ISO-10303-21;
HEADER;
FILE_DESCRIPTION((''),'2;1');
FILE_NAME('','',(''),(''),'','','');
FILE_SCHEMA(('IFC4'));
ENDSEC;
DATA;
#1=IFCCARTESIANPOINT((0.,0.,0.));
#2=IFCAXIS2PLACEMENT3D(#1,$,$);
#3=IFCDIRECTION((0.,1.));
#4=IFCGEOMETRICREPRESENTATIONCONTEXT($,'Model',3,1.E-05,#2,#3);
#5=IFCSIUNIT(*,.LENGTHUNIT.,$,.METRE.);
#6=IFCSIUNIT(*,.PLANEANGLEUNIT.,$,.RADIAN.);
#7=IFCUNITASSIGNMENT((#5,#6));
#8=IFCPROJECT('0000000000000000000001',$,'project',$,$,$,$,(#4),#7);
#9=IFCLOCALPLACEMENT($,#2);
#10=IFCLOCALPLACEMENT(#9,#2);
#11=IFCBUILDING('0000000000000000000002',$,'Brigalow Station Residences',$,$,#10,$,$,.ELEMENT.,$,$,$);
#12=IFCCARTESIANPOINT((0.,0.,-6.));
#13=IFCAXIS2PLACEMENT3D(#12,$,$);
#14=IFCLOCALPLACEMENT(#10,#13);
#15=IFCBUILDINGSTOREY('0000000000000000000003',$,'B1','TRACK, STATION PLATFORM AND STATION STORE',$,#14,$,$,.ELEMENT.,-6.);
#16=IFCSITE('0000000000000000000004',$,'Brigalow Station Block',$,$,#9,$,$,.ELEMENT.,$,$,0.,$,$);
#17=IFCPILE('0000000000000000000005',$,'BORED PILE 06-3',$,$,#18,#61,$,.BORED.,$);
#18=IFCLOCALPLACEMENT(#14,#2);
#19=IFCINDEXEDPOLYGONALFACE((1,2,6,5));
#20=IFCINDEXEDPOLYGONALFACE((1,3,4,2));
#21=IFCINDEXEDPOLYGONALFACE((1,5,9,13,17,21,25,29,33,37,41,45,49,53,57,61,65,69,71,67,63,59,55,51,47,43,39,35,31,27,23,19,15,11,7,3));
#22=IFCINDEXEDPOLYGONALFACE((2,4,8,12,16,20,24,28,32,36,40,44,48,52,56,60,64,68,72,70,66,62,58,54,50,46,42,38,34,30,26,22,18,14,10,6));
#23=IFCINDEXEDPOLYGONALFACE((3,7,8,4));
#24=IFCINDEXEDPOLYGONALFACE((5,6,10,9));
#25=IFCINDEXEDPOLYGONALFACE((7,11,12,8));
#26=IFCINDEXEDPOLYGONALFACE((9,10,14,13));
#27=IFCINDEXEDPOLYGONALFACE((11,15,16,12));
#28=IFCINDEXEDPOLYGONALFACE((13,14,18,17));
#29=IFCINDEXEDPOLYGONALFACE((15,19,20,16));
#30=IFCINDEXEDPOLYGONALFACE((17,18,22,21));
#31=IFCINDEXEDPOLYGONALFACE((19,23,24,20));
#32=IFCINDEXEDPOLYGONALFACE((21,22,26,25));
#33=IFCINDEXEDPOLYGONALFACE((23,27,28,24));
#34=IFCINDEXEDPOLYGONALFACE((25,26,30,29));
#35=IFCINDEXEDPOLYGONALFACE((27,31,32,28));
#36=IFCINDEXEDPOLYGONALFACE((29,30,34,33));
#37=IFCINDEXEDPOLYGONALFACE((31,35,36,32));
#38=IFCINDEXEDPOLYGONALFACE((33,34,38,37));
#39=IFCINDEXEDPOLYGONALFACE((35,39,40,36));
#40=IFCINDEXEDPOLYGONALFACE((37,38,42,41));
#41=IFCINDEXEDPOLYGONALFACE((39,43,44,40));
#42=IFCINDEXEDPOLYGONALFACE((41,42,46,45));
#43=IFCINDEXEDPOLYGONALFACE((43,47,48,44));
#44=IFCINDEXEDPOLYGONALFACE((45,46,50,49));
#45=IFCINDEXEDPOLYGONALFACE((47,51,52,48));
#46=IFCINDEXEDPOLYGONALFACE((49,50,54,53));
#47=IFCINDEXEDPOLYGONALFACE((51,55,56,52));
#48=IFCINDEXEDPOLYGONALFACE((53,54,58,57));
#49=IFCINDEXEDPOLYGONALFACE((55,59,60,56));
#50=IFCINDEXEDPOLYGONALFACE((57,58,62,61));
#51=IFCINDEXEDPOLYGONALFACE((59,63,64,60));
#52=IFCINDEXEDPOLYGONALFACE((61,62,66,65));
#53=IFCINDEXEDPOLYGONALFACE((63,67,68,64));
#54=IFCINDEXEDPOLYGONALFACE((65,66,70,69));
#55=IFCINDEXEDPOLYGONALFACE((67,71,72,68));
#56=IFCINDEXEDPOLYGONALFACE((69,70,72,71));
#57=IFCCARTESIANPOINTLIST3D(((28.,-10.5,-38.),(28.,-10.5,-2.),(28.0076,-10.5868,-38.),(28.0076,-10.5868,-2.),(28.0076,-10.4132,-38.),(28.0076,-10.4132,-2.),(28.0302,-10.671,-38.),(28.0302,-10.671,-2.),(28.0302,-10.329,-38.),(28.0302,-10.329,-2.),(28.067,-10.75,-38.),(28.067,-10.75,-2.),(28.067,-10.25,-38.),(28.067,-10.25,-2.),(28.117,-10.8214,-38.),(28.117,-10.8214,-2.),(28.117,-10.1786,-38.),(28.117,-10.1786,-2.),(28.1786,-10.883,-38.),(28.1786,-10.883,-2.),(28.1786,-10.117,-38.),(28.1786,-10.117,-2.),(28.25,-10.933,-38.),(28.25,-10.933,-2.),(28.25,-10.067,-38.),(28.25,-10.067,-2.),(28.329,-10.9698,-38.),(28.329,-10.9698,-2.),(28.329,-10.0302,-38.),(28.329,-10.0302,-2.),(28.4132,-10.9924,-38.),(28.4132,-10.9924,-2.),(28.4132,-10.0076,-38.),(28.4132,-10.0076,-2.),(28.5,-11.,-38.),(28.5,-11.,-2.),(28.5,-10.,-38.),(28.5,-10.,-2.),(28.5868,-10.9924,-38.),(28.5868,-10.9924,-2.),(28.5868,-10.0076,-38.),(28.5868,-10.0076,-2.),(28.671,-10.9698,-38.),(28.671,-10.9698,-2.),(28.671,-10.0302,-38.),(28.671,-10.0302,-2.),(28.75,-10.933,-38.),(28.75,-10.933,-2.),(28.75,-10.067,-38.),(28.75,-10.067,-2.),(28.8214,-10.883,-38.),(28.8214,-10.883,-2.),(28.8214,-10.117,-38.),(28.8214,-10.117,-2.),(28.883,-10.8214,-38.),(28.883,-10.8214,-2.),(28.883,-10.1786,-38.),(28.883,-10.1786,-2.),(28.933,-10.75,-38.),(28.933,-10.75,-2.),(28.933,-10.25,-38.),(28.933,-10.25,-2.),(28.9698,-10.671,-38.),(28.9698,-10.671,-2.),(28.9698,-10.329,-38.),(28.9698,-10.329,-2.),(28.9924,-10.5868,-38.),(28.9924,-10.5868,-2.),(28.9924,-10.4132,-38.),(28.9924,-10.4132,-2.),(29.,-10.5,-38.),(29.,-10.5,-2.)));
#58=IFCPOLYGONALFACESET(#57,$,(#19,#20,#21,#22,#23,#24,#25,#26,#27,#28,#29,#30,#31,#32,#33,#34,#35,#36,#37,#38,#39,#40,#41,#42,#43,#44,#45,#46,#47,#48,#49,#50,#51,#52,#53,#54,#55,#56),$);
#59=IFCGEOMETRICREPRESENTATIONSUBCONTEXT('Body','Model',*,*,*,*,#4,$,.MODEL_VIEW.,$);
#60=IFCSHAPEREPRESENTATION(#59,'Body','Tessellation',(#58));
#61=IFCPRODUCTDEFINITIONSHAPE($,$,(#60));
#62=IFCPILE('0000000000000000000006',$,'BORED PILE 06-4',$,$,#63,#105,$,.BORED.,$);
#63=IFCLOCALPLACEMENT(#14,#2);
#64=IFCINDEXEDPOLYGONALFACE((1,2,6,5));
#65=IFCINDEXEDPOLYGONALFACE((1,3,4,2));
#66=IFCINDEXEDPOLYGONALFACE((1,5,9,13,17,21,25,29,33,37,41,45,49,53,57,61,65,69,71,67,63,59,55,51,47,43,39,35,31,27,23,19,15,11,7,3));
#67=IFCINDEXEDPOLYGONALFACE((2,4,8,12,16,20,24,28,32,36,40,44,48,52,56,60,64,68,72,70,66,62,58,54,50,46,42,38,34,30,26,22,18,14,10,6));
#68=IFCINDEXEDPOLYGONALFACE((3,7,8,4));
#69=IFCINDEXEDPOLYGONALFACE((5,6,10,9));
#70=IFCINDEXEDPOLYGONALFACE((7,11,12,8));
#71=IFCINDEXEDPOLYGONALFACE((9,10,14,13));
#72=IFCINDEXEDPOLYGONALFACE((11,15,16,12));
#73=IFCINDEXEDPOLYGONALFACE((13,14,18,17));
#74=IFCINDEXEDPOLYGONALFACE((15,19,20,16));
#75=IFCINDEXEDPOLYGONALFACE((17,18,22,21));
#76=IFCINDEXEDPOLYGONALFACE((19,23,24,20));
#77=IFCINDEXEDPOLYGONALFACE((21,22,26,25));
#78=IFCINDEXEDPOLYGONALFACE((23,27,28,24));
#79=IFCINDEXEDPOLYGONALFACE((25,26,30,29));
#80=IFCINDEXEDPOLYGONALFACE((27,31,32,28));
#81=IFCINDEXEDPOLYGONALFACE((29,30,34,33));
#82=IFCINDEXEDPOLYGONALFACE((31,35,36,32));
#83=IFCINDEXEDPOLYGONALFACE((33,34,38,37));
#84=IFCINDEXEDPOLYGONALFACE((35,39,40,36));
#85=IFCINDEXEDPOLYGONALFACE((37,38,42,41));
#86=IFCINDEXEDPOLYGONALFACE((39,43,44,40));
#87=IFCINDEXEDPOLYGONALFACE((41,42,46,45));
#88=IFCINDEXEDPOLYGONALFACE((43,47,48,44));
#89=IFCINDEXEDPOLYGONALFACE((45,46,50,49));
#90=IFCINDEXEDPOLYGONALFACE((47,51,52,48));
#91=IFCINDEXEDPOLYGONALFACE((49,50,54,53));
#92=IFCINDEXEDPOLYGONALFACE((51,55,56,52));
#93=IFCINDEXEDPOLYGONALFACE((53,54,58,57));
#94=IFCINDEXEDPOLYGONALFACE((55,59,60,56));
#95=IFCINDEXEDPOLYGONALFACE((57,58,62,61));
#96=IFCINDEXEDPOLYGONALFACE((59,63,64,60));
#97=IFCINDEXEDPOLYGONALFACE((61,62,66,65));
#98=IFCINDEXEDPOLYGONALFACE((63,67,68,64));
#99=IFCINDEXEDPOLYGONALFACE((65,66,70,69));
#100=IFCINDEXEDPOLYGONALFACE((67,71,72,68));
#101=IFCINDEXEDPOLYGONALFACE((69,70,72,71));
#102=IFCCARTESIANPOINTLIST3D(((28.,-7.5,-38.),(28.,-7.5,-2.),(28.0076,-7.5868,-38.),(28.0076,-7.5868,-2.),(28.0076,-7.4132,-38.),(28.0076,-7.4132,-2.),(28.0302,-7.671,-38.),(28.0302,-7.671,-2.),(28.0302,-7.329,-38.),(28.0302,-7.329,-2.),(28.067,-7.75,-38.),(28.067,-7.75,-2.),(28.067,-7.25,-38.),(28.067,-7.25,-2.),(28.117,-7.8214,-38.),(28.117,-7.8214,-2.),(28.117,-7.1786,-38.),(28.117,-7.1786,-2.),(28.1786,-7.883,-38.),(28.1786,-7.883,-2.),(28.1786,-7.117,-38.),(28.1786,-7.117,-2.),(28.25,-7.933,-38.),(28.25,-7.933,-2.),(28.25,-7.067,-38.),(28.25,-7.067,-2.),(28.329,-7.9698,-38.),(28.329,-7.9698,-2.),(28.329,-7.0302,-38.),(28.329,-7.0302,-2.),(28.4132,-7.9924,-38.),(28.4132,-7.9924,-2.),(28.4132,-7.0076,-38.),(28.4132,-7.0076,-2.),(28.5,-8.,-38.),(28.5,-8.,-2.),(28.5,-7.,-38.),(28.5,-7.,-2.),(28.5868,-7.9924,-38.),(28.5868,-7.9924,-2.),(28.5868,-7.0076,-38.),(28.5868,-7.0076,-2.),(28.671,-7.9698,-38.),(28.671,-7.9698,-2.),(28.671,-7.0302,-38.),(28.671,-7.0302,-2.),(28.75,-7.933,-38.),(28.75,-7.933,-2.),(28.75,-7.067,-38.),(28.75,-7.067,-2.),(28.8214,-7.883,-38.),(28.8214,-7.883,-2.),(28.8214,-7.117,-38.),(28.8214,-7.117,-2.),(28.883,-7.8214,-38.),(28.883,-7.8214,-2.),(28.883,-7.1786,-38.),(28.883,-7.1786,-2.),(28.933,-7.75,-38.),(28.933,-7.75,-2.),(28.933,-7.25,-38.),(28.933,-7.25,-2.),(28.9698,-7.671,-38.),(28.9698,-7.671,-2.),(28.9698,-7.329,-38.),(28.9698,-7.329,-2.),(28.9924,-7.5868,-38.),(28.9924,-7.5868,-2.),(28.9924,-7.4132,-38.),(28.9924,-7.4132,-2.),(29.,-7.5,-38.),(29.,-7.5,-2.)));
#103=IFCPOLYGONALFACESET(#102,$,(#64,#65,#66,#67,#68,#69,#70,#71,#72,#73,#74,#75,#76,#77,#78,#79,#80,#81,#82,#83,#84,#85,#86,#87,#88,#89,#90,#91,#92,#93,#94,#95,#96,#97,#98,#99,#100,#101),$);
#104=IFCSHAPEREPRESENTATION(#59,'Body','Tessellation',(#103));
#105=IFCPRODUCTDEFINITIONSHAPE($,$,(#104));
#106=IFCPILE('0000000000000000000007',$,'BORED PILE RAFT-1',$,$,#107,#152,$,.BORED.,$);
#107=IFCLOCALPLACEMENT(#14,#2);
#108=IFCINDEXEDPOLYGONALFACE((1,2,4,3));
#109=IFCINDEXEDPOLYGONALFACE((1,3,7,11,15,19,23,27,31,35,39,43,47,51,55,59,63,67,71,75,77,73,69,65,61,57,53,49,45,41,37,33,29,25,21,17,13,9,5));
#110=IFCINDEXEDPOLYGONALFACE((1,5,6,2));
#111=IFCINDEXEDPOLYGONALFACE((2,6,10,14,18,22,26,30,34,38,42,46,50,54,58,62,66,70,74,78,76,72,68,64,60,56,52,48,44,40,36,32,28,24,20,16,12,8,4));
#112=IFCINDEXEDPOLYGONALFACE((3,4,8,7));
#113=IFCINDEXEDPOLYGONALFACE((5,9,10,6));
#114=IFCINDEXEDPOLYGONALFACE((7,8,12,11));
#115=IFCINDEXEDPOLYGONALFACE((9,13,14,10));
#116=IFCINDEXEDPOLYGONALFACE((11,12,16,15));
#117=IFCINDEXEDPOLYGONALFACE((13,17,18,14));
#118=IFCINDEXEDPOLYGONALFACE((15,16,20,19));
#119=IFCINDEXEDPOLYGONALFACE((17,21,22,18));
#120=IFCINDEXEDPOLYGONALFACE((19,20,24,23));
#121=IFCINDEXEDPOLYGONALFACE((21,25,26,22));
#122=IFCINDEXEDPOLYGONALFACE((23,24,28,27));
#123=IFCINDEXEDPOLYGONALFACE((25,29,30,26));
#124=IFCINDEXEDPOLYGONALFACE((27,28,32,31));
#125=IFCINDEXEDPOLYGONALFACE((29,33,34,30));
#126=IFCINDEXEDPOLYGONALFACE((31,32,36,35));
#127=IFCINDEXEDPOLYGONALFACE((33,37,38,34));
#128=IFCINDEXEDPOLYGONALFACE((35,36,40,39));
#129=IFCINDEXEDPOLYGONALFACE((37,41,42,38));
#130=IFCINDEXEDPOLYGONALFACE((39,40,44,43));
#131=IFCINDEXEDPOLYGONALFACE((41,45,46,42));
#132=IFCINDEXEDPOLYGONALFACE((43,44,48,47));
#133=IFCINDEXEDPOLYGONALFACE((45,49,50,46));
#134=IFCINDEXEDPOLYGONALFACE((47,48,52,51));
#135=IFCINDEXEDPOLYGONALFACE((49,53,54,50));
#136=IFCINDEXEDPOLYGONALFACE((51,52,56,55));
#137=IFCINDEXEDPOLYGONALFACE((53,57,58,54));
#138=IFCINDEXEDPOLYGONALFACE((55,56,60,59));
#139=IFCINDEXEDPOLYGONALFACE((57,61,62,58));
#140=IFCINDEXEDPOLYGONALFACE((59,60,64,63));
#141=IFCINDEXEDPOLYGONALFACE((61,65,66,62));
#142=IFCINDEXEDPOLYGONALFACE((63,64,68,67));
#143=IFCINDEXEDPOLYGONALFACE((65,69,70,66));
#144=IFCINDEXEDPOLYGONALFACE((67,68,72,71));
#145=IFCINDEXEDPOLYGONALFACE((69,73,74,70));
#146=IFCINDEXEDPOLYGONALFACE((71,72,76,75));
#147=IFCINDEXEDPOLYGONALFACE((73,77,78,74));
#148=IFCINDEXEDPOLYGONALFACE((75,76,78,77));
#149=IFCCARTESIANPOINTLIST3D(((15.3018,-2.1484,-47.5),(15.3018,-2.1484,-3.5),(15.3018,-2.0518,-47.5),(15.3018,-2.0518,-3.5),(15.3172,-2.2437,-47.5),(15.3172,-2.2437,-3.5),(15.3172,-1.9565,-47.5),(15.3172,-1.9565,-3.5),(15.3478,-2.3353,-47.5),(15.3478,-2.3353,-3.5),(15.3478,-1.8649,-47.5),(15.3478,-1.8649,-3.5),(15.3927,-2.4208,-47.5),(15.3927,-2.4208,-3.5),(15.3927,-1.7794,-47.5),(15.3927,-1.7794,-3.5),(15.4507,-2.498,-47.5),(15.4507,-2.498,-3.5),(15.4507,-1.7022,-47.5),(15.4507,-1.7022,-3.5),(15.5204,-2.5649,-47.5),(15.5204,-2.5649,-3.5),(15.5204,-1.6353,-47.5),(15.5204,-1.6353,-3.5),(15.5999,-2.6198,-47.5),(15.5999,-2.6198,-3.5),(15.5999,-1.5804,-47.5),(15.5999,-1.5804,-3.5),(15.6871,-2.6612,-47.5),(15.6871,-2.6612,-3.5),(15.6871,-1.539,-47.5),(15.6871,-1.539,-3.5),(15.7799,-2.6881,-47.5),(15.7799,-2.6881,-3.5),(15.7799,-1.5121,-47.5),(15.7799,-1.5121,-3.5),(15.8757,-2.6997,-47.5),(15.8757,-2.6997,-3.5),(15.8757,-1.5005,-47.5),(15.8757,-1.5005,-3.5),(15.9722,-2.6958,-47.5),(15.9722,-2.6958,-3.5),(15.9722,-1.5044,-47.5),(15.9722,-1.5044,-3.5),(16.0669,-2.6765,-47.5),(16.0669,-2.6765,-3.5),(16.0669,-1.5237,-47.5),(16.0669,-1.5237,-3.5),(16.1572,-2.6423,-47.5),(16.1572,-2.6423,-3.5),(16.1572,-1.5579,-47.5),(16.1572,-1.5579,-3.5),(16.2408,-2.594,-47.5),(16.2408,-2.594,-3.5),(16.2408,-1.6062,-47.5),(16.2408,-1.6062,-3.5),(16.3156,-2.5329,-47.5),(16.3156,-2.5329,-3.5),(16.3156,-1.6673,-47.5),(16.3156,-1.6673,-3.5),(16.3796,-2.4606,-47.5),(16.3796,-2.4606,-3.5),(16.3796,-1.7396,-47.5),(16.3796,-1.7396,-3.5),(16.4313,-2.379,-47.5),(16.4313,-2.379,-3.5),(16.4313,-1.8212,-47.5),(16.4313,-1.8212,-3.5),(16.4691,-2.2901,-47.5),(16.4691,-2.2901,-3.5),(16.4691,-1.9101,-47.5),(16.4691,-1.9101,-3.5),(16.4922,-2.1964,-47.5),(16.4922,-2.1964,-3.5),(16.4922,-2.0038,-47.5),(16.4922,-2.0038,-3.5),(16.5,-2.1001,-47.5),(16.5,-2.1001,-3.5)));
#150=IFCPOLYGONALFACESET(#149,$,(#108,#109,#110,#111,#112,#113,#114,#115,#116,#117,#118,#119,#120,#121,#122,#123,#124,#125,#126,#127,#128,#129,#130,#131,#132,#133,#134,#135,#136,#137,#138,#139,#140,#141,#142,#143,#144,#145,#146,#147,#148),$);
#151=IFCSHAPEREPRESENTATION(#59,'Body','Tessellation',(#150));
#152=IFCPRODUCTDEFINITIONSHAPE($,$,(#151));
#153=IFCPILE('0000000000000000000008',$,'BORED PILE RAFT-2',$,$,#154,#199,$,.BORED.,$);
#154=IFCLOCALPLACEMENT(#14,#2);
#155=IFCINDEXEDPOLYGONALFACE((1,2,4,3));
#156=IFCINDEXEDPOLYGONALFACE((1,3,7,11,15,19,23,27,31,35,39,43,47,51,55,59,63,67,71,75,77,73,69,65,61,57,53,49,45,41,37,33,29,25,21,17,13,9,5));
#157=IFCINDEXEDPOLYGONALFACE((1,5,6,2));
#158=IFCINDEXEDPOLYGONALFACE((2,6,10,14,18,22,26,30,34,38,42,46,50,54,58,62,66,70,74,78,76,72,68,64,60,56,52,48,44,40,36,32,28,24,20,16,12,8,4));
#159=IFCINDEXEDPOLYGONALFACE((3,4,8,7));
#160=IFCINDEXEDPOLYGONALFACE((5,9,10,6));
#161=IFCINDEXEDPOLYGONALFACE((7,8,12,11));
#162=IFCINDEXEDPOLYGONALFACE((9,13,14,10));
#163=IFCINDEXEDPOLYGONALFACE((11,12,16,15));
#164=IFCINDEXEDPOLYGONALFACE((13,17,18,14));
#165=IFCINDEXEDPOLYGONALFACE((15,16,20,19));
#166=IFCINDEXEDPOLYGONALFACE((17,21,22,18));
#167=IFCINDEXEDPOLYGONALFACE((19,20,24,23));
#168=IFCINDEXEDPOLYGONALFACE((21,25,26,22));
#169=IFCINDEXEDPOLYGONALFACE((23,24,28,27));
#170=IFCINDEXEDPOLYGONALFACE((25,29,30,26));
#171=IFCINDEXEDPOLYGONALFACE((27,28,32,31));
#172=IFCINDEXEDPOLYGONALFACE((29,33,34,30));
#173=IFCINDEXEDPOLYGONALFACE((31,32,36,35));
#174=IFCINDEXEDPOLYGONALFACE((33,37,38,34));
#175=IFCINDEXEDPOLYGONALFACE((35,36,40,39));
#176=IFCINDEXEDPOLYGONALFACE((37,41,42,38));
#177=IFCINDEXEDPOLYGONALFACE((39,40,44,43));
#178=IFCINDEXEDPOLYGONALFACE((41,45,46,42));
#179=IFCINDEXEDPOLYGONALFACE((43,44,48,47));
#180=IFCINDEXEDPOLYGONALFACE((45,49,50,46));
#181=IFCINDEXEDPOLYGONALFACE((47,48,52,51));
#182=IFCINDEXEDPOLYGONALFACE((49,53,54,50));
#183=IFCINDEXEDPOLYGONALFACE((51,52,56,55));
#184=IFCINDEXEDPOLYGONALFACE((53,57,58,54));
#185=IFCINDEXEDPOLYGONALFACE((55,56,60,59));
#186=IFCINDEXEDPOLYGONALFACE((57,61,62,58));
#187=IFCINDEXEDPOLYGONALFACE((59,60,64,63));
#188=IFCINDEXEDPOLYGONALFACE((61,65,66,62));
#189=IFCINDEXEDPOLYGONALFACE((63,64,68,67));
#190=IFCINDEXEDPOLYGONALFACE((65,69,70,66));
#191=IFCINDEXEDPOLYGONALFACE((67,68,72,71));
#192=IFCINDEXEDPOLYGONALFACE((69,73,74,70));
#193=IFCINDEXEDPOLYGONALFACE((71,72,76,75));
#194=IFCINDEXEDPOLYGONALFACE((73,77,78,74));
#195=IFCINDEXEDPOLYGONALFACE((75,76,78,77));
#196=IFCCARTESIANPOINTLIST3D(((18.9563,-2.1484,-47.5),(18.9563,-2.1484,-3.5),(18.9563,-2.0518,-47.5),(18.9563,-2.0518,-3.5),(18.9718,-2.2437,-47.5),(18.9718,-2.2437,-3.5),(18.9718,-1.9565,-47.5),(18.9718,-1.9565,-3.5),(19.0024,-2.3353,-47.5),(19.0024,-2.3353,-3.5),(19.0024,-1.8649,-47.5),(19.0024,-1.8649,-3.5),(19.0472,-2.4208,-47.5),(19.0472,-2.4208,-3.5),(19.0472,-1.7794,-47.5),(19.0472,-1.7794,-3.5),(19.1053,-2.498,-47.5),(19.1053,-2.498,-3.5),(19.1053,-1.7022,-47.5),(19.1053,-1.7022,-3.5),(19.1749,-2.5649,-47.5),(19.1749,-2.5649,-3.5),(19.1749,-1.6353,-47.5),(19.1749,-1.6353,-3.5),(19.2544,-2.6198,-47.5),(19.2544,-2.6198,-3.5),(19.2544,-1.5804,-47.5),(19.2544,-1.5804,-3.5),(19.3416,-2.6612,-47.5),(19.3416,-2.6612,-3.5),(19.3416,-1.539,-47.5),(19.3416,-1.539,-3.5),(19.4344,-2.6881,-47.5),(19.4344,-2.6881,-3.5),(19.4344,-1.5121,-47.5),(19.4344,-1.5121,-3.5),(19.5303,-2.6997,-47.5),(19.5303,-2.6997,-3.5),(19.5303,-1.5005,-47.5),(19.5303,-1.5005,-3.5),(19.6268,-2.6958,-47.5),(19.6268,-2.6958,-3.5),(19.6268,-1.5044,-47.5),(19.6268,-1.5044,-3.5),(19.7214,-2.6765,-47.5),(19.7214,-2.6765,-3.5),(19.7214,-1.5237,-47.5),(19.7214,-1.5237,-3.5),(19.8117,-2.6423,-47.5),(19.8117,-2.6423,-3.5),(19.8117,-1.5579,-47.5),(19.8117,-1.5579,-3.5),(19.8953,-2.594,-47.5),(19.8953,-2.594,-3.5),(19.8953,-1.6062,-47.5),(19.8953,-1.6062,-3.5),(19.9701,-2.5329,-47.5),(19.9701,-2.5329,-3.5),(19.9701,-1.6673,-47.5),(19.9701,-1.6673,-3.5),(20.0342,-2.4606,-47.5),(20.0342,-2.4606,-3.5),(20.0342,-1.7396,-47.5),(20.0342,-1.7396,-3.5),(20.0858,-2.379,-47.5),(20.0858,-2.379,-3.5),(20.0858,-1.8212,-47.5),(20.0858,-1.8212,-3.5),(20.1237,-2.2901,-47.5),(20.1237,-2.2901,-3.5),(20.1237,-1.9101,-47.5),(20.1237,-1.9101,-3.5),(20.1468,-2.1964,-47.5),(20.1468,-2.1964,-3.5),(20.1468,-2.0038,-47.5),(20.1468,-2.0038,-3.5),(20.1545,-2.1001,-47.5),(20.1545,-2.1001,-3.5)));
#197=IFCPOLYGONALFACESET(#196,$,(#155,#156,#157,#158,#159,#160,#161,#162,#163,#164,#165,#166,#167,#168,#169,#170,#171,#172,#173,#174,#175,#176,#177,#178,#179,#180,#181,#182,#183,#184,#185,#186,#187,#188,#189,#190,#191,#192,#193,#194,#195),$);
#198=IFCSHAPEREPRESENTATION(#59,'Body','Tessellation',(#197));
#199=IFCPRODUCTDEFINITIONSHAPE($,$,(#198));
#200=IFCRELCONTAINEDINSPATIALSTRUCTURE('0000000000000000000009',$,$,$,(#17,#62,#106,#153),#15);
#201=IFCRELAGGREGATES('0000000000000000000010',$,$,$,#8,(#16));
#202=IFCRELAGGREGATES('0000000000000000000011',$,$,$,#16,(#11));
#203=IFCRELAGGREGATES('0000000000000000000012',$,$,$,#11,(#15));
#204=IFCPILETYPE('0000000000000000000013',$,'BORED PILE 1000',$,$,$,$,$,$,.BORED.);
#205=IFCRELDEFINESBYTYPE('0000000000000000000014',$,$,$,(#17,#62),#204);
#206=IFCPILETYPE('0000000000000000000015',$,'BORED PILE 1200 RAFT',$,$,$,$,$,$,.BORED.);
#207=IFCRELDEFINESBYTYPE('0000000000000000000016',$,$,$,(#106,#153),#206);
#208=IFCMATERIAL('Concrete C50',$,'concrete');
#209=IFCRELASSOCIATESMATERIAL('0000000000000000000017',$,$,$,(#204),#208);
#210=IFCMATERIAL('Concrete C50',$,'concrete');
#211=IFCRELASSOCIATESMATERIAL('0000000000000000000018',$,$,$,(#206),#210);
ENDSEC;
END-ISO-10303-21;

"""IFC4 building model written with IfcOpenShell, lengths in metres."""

from ifc_helpers import new_model, si_unit, direction, frame, origin, origin_2d, place, context, subcontext, project, spatial, circle, extrude, material, material_profile, profile_set, type_object, element, save


model = new_model("IFC4")

# Units and contexts
model_context = context("Model", 3, precision=1e-05, world=origin(), true_north=direction((0.0, 1.0)))
body_context = subcontext(model_context, "Body", "Model", "MODEL_VIEW")
ifc_project = project(units=[si_unit("LENGTHUNIT", "METRE"), si_unit("PLANEANGLEUNIT", "RADIAN")], contexts=[model_context])

# Site, building, storey
site_placement = place(None, origin())
site = spatial("IfcSite", under=ifc_project, at=site_placement, Name="Brigalow Station Block", CompositionType="ELEMENT", RefElevation=0.0)
building_placement = place(site_placement, origin())
building = spatial("IfcBuilding", under=site, at=building_placement, Name="Brigalow Station Residences", CompositionType="ELEMENT")
storey_placement = place(building_placement, frame((0.0, 0.0, -6.0)))
storey = spatial("IfcBuildingStorey", under=building, at=storey_placement, Name="B1", Description="TRACK, STATION PLATFORM AND STATION STORE", CompositionType="ELEMENT", Elevation=-6.0)

# Piles
ifc_material_1 = material(Name="Concrete C50", Category="concrete")
ifc_material_profile_1 = material_profile(ifc_material_1, circle(Radius=0.5, at=origin_2d()), Name="BP1000")
ifc_profile_set_1 = profile_set([ifc_material_profile_1], Name="Concrete C50")
pile_type_1 = type_object("IfcPileType", Name="BORED PILE 1000", PredefinedType="BORED", material=ifc_profile_set_1)
for number, where, z_axis, x_axis, name in (
    (1, (28.5, -10.5, -2.0), (0.0, 0.0, -1.0), (1.0, 0.0, 0.0), "BORED PILE 06-3"),
    (2, (28.5, -7.5, -2.0), (0.0, 0.0, -1.0), (1.0, 0.0, 0.0), "BORED PILE 06-4"),
):
    element("IfcPile", number, at=place(storey_placement, frame(where, z_axis=z_axis, x_axis=x_axis)), inside=storey, type_object=pile_type_1, Name=name, PredefinedType="BORED", context=body_context, shape_type="SweptSolid", body=[
        extrude(circle(Radius=0.5, at=origin_2d()), origin(), (0.0, 0.0, 1.0), 36.0),
    ])
ifc_material_2 = material(Name="Concrete C50", Category="concrete")
ifc_material_profile_2 = material_profile(ifc_material_2, circle(Radius=0.6001, at=origin_2d()), Name="BP1200")
ifc_profile_set_2 = profile_set([ifc_material_profile_2], Name="Concrete C50")
pile_type_2 = type_object("IfcPileType", Name="BORED PILE 1200 RAFT", PredefinedType="BORED", material=ifc_profile_set_2)
for number, where, z_axis, x_axis, name in (
    (3, (15.8999, -2.1001, -3.5), (0.0, 0.0, -1.0), (1.0, 0.0, 0.0), "BORED PILE RAFT-1"),
    (4, (19.5544, -2.1001, -3.5), (0.0, 0.0, -1.0), (1.0, 0.0, 0.0), "BORED PILE RAFT-2"),
):
    element("IfcPile", number, at=place(storey_placement, frame(where, z_axis=z_axis, x_axis=x_axis)), inside=storey, type_object=pile_type_2, Name=name, PredefinedType="BORED", context=body_context, shape_type="SweptSolid", body=[
        extrude(circle(Radius=0.6001, at=origin_2d()), origin(), (0.0, 0.0, 1.0), 44.0),
    ])

save(model, "model.ifc")
